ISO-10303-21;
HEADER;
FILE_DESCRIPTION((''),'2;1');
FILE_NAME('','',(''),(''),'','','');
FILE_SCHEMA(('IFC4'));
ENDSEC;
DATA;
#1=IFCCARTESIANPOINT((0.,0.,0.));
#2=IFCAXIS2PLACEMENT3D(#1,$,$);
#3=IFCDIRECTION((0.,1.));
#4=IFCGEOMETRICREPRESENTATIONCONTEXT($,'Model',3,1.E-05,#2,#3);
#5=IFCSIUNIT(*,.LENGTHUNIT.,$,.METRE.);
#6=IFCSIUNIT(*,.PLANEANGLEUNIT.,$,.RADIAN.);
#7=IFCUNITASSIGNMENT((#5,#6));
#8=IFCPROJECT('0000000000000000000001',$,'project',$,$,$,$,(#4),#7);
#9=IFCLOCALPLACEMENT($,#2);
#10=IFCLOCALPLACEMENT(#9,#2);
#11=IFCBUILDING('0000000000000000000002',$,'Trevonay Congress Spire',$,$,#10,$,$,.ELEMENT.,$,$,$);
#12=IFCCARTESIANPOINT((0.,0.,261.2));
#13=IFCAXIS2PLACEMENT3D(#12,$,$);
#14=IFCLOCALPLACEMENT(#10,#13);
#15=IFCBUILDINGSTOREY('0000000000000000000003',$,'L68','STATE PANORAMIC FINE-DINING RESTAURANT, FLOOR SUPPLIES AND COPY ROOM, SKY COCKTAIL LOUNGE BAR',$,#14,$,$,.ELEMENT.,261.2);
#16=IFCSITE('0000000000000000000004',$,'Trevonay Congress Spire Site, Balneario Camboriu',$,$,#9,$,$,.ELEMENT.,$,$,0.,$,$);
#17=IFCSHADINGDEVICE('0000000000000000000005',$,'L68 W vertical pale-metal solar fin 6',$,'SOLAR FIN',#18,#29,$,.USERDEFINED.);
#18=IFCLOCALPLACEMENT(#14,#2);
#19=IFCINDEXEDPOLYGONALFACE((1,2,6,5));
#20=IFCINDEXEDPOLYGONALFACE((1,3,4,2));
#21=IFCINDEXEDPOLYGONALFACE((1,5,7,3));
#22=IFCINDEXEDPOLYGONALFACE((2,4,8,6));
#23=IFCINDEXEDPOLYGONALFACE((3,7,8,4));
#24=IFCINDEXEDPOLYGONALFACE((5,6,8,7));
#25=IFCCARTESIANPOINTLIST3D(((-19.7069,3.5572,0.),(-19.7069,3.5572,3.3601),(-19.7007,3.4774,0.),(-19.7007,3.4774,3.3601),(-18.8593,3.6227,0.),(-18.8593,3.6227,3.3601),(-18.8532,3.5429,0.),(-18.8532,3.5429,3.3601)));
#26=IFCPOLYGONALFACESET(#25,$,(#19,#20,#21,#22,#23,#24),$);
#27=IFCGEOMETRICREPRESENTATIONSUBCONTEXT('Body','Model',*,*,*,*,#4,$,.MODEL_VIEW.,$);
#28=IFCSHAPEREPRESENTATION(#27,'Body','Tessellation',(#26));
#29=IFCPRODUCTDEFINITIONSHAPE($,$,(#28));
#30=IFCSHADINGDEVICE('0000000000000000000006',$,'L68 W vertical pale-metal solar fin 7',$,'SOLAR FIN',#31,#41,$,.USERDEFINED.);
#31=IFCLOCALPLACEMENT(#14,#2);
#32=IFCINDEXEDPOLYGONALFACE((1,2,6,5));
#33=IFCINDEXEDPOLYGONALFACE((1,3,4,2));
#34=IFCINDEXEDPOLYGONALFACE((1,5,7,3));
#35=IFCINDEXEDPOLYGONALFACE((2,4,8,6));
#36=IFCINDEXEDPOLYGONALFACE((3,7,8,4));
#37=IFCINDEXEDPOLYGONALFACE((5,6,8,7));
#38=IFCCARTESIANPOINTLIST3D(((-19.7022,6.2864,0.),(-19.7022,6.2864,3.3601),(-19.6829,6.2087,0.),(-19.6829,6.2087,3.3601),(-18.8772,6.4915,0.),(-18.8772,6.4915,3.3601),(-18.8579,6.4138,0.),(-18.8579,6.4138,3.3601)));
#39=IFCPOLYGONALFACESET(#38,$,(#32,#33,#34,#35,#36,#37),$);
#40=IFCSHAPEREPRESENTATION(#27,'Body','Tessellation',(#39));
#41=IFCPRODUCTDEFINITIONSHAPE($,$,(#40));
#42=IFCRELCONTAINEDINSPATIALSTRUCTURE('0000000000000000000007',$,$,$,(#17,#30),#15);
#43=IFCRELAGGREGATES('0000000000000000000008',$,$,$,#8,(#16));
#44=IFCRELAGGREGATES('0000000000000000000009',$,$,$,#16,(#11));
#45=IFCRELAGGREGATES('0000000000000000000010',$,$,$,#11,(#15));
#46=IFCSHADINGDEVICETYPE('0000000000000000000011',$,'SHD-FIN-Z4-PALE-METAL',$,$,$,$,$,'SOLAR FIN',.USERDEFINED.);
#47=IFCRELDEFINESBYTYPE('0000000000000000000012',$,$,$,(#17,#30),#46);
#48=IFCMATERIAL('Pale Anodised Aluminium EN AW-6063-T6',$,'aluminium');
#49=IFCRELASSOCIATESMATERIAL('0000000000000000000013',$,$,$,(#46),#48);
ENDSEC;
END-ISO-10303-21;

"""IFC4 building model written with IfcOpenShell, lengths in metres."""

from ifc_helpers import new_model, si_unit, direction, frame, origin, origin_2d, place, context, subcontext, project, spatial, rectangle, extrude, material, type_object, element, save


model = new_model("IFC4")

# Units and contexts
model_context = context("Model", 3, precision=1e-05, world=origin(), true_north=direction((0.0, 1.0)))
body_context = subcontext(model_context, "Body", "Model", "MODEL_VIEW")
ifc_project = project(units=[si_unit("LENGTHUNIT", "METRE"), si_unit("PLANEANGLEUNIT", "RADIAN")], contexts=[model_context])

# Site, building, storey
site_placement = place(None, origin())
site = spatial("IfcSite", under=ifc_project, at=site_placement, Name="Trevonay Congress Spire Site, Balneario Camboriu", CompositionType="ELEMENT", RefElevation=0.0)
building_placement = place(site_placement, origin())
building = spatial("IfcBuilding", under=site, at=building_placement, Name="Trevonay Congress Spire", CompositionType="ELEMENT")
storey_placement = place(building_placement, frame((0.0, 0.0, 261.2)))
storey = spatial("IfcBuildingStorey", under=building, at=storey_placement, Name="L68", Description="STATE PANORAMIC FINE-DINING RESTAURANT, FLOOR SUPPLIES AND COPY ROOM, SKY COCKTAIL LOUNGE BAR", CompositionType="ELEMENT", Elevation=261.2)

# Shared definitions
ifc_material_1 = material(Name="Pale Anodised Aluminium EN AW-6063-T6", Category="aluminium")

# Shading devices
shading_device_type = type_object("IfcShadingDeviceType", Name="SHD-FIN-Z4-PALE-METAL", ElementType="SOLAR FIN", PredefinedType="USERDEFINED", material=ifc_material_1)
for number, where, z_axis, x_axis, name in (
    (1, (-19.28, 3.55, 0.0), (0.0, 0.0, 1.0), (-0.077067, 0.997026, 0.0), "L68 W vertical pale-metal solar fin 6"),
    (2, (-19.28, 6.3501, 0.0), (0.0, 0.0, 1.0), (-0.241244, 0.970464, 0.0), "L68 W vertical pale-metal solar fin 7"),
):
    element("IfcShadingDevice", number, at=place(storey_placement, frame(where, z_axis=z_axis, x_axis=x_axis)), inside=storey, type_object=shading_device_type, Name=name, ObjectType="SOLAR FIN", PredefinedType="USERDEFINED", context=body_context, shape_type="SweptSolid", body=[
        extrude(rectangle(XDim=0.0801, YDim=0.8501, at=origin_2d()), origin(), (0.0, 0.0, 1.0), 3.3601),
    ])

save(model, "model.ifc")
